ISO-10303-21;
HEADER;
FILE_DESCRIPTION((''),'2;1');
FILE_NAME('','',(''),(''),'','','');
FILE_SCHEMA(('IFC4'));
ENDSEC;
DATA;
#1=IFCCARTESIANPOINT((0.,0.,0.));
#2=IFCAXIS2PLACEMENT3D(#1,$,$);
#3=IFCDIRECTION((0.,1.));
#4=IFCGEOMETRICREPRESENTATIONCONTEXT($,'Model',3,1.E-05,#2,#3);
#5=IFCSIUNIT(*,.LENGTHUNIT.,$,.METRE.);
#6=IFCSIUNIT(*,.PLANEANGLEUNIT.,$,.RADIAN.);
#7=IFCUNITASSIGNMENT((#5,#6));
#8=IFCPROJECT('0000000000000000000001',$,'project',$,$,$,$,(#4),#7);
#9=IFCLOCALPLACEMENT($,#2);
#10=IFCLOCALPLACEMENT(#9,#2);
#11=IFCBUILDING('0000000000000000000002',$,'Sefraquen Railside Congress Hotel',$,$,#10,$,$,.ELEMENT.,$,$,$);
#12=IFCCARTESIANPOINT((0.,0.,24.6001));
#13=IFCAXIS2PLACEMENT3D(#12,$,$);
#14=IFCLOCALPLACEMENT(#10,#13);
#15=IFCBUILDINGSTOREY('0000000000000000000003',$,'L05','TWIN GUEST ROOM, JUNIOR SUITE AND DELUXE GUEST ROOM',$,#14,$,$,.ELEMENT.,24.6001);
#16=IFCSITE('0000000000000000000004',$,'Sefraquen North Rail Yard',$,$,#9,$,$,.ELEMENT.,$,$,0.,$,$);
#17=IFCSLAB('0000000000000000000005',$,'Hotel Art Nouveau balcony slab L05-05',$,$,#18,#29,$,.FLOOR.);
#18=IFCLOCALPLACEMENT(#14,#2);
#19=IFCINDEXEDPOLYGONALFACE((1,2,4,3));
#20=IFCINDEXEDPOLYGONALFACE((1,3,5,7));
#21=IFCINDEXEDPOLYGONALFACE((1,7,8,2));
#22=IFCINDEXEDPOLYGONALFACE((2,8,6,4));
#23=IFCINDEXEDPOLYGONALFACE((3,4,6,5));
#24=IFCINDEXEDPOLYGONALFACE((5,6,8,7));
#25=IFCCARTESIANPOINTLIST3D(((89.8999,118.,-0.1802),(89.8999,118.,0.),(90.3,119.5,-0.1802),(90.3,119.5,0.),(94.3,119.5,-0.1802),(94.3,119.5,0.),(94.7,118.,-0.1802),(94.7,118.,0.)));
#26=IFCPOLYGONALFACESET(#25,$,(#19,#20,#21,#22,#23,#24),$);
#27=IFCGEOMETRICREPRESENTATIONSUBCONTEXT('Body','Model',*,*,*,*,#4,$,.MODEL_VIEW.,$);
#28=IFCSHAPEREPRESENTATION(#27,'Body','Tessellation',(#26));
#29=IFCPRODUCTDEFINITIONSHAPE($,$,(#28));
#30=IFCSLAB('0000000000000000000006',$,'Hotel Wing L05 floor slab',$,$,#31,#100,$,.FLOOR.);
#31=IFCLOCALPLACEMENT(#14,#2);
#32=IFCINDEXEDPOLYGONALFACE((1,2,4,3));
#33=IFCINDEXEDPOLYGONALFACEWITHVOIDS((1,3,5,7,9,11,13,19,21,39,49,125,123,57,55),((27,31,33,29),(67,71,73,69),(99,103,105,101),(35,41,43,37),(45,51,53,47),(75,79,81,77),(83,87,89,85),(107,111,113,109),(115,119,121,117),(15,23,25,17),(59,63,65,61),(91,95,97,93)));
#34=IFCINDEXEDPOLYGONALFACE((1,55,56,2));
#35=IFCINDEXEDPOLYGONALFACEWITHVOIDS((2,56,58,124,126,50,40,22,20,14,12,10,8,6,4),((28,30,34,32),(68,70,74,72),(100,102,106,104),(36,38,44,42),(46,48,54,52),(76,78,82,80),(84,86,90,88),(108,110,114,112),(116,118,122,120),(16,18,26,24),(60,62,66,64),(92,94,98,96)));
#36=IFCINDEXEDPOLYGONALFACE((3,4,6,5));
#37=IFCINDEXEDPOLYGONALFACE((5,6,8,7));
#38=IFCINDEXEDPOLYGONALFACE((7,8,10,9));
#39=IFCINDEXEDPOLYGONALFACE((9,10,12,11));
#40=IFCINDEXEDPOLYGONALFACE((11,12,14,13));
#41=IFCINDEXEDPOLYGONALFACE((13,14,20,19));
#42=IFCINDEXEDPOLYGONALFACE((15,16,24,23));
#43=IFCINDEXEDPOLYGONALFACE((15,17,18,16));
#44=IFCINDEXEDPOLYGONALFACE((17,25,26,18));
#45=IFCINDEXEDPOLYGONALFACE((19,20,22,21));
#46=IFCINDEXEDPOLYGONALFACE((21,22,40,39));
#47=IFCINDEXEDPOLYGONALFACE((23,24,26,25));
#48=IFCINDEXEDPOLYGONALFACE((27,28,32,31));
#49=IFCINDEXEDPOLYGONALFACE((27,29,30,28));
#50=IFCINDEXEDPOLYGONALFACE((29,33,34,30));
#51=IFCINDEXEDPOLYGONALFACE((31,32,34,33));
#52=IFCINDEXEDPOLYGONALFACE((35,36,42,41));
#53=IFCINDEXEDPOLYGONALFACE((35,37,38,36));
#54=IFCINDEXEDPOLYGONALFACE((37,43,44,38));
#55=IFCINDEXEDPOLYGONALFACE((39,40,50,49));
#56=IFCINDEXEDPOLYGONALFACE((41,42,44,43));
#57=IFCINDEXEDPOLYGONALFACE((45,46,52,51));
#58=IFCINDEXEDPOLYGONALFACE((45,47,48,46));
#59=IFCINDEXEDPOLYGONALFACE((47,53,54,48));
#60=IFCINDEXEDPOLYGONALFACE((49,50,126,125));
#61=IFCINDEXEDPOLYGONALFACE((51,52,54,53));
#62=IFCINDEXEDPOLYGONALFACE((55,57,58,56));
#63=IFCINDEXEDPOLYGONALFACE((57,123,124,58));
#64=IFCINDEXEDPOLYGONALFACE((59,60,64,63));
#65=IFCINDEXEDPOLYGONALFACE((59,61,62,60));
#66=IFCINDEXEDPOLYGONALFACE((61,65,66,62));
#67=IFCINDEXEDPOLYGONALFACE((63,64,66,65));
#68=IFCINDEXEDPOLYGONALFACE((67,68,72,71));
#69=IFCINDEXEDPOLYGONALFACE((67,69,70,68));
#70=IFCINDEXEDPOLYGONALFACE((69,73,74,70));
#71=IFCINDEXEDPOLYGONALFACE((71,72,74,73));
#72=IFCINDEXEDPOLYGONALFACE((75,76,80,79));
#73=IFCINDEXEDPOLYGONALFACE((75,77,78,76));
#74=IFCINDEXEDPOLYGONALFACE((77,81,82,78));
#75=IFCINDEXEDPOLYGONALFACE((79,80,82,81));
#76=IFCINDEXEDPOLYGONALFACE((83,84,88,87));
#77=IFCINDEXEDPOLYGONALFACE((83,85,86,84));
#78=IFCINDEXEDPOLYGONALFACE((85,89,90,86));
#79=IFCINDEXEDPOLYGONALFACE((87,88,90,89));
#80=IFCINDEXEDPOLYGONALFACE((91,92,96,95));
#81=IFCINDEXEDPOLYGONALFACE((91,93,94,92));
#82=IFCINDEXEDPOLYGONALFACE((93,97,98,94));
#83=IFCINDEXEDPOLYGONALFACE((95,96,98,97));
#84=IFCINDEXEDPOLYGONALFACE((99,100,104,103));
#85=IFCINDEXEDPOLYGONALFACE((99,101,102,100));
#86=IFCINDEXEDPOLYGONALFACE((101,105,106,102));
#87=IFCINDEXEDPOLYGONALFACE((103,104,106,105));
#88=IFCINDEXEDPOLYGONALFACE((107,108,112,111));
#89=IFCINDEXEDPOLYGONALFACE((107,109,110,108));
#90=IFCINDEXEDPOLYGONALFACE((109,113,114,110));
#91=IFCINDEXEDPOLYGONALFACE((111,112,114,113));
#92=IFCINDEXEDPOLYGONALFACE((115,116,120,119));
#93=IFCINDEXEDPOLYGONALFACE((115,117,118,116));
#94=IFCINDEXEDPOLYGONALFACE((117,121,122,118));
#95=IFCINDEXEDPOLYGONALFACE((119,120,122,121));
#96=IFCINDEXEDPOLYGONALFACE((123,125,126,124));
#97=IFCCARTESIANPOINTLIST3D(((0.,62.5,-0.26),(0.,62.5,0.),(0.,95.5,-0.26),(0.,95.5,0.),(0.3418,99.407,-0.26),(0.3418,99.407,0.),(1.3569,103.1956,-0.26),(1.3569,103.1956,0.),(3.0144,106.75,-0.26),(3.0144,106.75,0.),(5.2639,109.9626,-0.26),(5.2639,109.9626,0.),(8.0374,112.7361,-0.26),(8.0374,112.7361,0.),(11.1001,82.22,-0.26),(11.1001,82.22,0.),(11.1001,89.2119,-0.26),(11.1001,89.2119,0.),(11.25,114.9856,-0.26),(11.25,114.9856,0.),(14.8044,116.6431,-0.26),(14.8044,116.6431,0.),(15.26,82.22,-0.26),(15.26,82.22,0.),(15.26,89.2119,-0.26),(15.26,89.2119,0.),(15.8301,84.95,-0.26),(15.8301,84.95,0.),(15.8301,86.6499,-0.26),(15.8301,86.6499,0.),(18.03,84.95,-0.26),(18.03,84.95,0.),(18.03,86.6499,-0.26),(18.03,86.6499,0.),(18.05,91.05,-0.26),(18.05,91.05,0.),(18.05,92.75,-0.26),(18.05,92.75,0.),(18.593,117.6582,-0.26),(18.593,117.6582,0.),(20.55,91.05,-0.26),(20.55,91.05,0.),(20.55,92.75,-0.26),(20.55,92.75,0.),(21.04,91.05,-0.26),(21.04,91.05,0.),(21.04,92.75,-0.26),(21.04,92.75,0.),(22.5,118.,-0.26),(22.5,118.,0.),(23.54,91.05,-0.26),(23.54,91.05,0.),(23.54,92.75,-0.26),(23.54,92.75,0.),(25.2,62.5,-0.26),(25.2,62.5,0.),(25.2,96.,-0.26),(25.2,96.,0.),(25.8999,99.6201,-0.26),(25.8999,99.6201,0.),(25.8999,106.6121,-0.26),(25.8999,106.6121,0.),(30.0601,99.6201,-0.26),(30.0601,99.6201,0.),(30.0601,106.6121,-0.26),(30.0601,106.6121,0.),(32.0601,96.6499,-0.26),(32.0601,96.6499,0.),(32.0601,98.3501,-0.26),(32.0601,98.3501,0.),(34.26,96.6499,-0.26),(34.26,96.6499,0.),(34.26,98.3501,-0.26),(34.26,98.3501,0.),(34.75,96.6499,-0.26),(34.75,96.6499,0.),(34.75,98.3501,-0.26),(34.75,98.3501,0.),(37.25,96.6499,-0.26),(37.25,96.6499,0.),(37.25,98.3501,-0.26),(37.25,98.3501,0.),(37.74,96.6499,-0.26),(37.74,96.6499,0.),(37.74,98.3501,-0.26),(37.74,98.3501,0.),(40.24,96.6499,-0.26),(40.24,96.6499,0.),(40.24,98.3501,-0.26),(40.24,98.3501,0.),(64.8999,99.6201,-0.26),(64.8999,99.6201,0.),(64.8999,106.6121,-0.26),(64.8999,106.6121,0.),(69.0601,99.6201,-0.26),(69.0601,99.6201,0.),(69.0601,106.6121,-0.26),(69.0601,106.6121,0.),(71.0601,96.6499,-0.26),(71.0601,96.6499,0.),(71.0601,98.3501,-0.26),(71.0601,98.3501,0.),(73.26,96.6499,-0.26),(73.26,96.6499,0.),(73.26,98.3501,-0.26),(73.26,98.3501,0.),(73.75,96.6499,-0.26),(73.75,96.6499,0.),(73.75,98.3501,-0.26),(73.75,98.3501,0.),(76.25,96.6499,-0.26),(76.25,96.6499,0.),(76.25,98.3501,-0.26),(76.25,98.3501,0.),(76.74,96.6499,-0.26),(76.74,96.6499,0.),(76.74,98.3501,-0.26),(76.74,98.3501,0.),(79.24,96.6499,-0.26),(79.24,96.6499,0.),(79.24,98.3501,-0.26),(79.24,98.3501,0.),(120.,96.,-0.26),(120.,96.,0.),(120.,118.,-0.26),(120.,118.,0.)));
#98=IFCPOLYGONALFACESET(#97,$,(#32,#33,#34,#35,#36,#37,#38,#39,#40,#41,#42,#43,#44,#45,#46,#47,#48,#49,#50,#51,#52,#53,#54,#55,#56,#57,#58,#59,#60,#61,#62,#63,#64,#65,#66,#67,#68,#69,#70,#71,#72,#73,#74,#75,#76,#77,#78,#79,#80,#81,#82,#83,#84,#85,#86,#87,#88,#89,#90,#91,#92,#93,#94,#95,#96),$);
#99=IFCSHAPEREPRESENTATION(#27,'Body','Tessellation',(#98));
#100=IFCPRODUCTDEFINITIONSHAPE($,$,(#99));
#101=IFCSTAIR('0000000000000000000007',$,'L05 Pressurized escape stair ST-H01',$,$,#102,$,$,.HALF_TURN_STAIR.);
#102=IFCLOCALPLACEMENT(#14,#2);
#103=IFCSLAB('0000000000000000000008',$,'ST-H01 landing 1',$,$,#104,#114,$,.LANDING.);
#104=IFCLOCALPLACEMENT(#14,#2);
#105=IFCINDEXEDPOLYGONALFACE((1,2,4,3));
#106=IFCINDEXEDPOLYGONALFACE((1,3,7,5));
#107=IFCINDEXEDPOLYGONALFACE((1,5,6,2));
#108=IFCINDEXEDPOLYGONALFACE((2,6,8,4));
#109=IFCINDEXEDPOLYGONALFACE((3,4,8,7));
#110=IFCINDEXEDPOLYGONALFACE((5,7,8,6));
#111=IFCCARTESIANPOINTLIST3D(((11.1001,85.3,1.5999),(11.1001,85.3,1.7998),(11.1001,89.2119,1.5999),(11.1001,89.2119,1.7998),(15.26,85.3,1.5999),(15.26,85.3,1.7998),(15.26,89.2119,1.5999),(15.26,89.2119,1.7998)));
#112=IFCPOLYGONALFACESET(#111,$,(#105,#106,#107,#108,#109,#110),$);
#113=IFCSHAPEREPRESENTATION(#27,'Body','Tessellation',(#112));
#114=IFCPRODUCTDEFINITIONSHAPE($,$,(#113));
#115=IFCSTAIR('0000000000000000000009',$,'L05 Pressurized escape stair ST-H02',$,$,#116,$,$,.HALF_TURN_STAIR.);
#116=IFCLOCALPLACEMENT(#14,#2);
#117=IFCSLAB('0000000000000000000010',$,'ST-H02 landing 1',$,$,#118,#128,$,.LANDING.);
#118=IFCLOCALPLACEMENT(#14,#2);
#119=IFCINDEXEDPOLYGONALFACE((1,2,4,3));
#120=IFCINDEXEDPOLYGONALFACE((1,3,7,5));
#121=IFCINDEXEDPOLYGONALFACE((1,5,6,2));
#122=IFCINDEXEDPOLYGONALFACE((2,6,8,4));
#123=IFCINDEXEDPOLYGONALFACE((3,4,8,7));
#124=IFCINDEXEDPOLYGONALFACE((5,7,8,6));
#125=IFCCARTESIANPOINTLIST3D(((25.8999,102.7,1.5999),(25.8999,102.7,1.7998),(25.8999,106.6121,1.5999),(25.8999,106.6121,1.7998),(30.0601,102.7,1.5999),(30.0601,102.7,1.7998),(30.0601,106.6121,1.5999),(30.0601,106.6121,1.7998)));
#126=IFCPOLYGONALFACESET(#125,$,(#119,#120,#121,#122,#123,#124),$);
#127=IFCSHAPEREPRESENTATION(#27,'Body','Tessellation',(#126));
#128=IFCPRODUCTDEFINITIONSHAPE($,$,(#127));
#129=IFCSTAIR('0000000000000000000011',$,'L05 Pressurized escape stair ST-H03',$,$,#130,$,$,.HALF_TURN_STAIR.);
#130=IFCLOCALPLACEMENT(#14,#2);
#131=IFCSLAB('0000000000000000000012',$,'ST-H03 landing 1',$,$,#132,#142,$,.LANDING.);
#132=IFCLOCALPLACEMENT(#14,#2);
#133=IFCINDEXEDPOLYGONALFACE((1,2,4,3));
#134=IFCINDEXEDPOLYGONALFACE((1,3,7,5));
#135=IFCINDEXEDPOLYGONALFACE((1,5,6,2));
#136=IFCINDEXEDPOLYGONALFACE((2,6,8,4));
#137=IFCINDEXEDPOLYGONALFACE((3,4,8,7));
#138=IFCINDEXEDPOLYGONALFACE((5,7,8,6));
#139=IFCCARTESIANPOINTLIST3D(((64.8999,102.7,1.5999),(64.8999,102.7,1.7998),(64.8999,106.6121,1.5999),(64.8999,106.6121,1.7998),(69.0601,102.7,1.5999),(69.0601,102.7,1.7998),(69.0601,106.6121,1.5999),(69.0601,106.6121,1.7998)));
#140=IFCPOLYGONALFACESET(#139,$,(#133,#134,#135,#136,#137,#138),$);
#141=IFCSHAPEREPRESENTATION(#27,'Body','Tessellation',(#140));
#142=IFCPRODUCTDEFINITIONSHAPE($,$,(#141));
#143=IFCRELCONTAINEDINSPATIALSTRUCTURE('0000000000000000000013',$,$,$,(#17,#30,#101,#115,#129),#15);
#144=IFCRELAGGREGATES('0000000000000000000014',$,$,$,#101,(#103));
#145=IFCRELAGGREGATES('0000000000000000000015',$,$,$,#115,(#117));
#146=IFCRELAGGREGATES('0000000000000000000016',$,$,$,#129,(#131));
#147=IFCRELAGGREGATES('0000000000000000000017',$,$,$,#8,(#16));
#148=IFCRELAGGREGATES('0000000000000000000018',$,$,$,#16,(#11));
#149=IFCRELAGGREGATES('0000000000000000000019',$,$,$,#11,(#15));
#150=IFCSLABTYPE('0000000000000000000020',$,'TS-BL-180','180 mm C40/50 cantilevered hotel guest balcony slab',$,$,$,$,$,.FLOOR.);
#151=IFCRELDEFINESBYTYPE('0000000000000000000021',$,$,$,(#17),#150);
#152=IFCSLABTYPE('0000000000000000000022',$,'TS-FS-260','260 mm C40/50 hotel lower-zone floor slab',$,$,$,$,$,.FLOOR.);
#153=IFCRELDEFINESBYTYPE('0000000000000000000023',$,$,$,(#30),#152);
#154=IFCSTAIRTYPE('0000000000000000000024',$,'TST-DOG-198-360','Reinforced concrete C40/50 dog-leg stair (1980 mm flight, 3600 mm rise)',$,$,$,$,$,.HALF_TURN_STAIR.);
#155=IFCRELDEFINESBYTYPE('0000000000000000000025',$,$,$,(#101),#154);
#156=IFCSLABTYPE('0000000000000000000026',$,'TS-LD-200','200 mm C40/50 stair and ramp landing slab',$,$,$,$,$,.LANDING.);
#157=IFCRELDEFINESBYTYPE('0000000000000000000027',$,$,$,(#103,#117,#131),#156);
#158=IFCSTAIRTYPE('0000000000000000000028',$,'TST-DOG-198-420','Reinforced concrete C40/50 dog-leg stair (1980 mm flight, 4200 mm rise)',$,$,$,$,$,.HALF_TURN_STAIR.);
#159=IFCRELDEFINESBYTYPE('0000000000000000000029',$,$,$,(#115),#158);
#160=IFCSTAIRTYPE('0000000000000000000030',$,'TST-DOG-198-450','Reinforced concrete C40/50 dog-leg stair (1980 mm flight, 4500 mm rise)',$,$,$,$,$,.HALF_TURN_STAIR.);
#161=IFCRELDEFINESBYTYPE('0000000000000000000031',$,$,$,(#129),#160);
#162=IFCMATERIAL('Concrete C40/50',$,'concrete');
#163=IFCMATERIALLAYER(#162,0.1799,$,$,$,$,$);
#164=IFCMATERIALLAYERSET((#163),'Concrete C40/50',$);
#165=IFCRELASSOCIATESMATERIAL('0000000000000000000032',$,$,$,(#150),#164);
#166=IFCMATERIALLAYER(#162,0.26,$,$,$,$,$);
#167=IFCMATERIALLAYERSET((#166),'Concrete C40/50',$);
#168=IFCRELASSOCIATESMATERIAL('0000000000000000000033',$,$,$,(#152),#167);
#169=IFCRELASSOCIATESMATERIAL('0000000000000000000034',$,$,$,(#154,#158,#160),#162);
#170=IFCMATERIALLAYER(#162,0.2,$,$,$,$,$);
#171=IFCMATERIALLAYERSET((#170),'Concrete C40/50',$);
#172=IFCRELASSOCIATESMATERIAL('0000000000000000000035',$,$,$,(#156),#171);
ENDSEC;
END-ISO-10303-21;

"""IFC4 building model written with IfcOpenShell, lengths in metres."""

from ifc_helpers import new_model, si_unit, direction, frame, origin, place, context, subcontext, project, spatial, polyline, outline, extrude, material, layer, layer_set, type_object, element, aggregate, save


model = new_model("IFC4")

# Units and contexts
model_context = context("Model", 3, precision=1e-05, world=origin(), true_north=direction((0.0, 1.0)))
body_context = subcontext(model_context, "Body", "Model", "MODEL_VIEW")
ifc_project = project(units=[si_unit("LENGTHUNIT", "METRE"), si_unit("PLANEANGLEUNIT", "RADIAN")], contexts=[model_context])

# Site, building, storey
site_placement = place(None, origin())
site = spatial("IfcSite", under=ifc_project, at=site_placement, Name="Sefraquen North Rail Yard", CompositionType="ELEMENT", RefElevation=0.0)
building_placement = place(site_placement, origin())
building = spatial("IfcBuilding", under=site, at=building_placement, Name="Sefraquen Railside Congress Hotel", CompositionType="ELEMENT")
storey_placement = place(building_placement, frame((0.0, 0.0, 24.6001)))
storey = spatial("IfcBuildingStorey", under=building, at=storey_placement, Name="L05", Description="TWIN GUEST ROOM, JUNIOR SUITE AND DELUXE GUEST ROOM", CompositionType="ELEMENT", Elevation=24.6001)

# Slabs
ifc_material_1 = material(Name="Concrete C40/50", Category="concrete")
ifc_layer_1 = layer(ifc_material_1, 0.1799)
ifc_layer_set_1 = layer_set([ifc_layer_1], Name="Concrete C40/50")
slab_type_1 = type_object("IfcSlabType", Name="TS-BL-180", Description="180 mm C40/50 cantilevered hotel guest balcony slab", PredefinedType="FLOOR", material=ifc_layer_set_1)
slab_1_placement = place(storey_placement, frame((0.0, 0.0, -0.1802)))
element("IfcSlab", 1, at=slab_1_placement, inside=storey, type_object=slab_type_1, Name="Hotel Art Nouveau balcony slab L05-05", PredefinedType="FLOOR", context=body_context, shape_type="SweptSolid", body=[
    extrude(outline(polyline([(89.8999, 118.0), (94.7, 118.0), (94.3, 119.5), (90.3, 119.5), (89.8999, 118.0)])), origin(), (0.0, 0.0, 1.0), 0.1802),
])
ifc_layer_2 = layer(ifc_material_1, 0.26)
ifc_layer_set_2 = layer_set([ifc_layer_2], Name="Concrete C40/50")
slab_type_2 = type_object("IfcSlabType", Name="TS-FS-260", Description="260 mm C40/50 hotel lower-zone floor slab", PredefinedType="FLOOR", material=ifc_layer_set_2)
slab_2_placement = place(storey_placement, frame((0.0, 0.0, -0.26)))
element("IfcSlab", 2, at=slab_2_placement, inside=storey, type_object=slab_type_2, Name="Hotel Wing L05 floor slab", PredefinedType="FLOOR", context=body_context, shape_type="SweptSolid", body=[
    extrude(outline(polyline([(0.0, 62.5), (25.2, 62.5), (25.2, 96.0), (120.0, 96.0), (120.0, 118.0), (22.5, 118.0), (18.593, 117.6582), (14.8044, 116.6431), (11.25, 114.9856), (8.0374, 112.7361), (5.2639, 109.9626), (3.0144, 106.75), (1.3569, 103.1956), (0.3418, 99.407), (0.0, 95.5), (0.0, 62.5)]), holes=[polyline([(11.1001, 82.22), (15.26, 82.22), (15.26, 89.2119), (11.1001, 89.2119), (11.1001, 82.22)]), polyline([(25.8999, 99.6201), (30.0601, 99.6201), (30.0601, 106.6121), (25.8999, 106.6121), (25.8999, 99.6201)]), polyline([(64.8999, 99.6201), (69.0601, 99.6201), (69.0601, 106.6121), (64.8999, 106.6121), (64.8999, 99.6201)]), polyline([(15.8301, 84.95), (18.03, 84.95), (18.03, 86.6499), (15.8301, 86.6499), (15.8301, 84.95)]), polyline([(32.0601, 96.6499), (34.26, 96.6499), (34.26, 98.3501), (32.0601, 98.3501), (32.0601, 96.6499)]), polyline([(71.0601, 96.6499), (73.26, 96.6499), (73.26, 98.3501), (71.0601, 98.3501), (71.0601, 96.6499)]), polyline([(18.05, 91.05), (20.55, 91.05), (20.55, 92.75), (18.05, 92.75), (18.05, 91.05)]), polyline([(21.04, 91.05), (23.54, 91.05), (23.54, 92.75), (21.04, 92.75), (21.04, 91.05)]), polyline([(34.75, 96.6499), (37.25, 96.6499), (37.25, 98.3501), (34.75, 98.3501), (34.75, 96.6499)]), polyline([(37.74, 96.6499), (40.24, 96.6499), (40.24, 98.3501), (37.74, 98.3501), (37.74, 96.6499)]), polyline([(73.75, 96.6499), (76.25, 96.6499), (76.25, 98.3501), (73.75, 98.3501), (73.75, 96.6499)]), polyline([(76.74, 96.6499), (79.24, 96.6499), (79.24, 98.3501), (76.74, 98.3501), (76.74, 96.6499)])]), origin(), (0.0, 0.0, 1.0), 0.26),
])

# Stairs, slabs
stair_type_1 = type_object("IfcStairType", Name="TST-DOG-198-360", Description="Reinforced concrete C40/50 dog-leg stair (1980 mm flight, 3600 mm rise)", PredefinedType="HALF_TURN_STAIR", material=ifc_material_1)
stair_1_placement = place(storey_placement, origin())
stair_1 = element("IfcStair", 3, at=stair_1_placement, inside=storey, type_object=stair_type_1, Name="L05 Pressurized escape stair ST-H01", PredefinedType="HALF_TURN_STAIR")
ifc_layer_3 = layer(ifc_material_1, 0.2)
ifc_layer_set_3 = layer_set([ifc_layer_3], Name="Concrete C40/50")
slab_type_3 = type_object("IfcSlabType", Name="TS-LD-200", Description="200 mm C40/50 stair and ramp landing slab", PredefinedType="LANDING", material=ifc_layer_set_3)
slab_3_placement = place(storey_placement, frame((0.0, 0.0, 1.5999)))
slab_3 = element("IfcSlab", 4, at=slab_3_placement, type_object=slab_type_3, Name="ST-H01 landing 1", PredefinedType="LANDING", context=body_context, shape_type="SweptSolid", body=[
    extrude(outline(polyline([(15.26, 85.3), (15.26, 89.2119), (11.1001, 89.2119), (11.1001, 85.3), (15.26, 85.3)])), origin(), (0.0, 0.0, 1.0), 0.2),
])
aggregate(stair_1, [slab_3])
stair_type_2 = type_object("IfcStairType", Name="TST-DOG-198-420", Description="Reinforced concrete C40/50 dog-leg stair (1980 mm flight, 4200 mm rise)", PredefinedType="HALF_TURN_STAIR", material=ifc_material_1)
stair_2_placement = place(storey_placement, origin())
stair_2 = element("IfcStair", 5, at=stair_2_placement, inside=storey, type_object=stair_type_2, Name="L05 Pressurized escape stair ST-H02", PredefinedType="HALF_TURN_STAIR")
slab_4_placement = place(storey_placement, frame((0.0, 0.0, 1.5999)))
slab_4 = element("IfcSlab", 6, at=slab_4_placement, type_object=slab_type_3, Name="ST-H02 landing 1", PredefinedType="LANDING", context=body_context, shape_type="SweptSolid", body=[
    extrude(outline(polyline([(30.0601, 102.7), (30.0601, 106.6121), (25.8999, 106.6121), (25.8999, 102.7), (30.0601, 102.7)])), origin(), (0.0, 0.0, 1.0), 0.2),
])
aggregate(stair_2, [slab_4])
stair_type_3 = type_object("IfcStairType", Name="TST-DOG-198-450", Description="Reinforced concrete C40/50 dog-leg stair (1980 mm flight, 4500 mm rise)", PredefinedType="HALF_TURN_STAIR", material=ifc_material_1)
stair_3_placement = place(storey_placement, origin())
stair_3 = element("IfcStair", 7, at=stair_3_placement, inside=storey, type_object=stair_type_3, Name="L05 Pressurized escape stair ST-H03", PredefinedType="HALF_TURN_STAIR")
slab_5_placement = place(storey_placement, frame((0.0, 0.0, 1.5999)))
slab_5 = element("IfcSlab", 8, at=slab_5_placement, type_object=slab_type_3, Name="ST-H03 landing 1", PredefinedType="LANDING", context=body_context, shape_type="SweptSolid", body=[
    extrude(outline(polyline([(69.0601, 102.7), (69.0601, 106.6121), (64.8999, 106.6121), (64.8999, 102.7), (69.0601, 102.7)])), origin(), (0.0, 0.0, 1.0), 0.2),
])
aggregate(stair_3, [slab_5])

save(model, "model.ifc")
